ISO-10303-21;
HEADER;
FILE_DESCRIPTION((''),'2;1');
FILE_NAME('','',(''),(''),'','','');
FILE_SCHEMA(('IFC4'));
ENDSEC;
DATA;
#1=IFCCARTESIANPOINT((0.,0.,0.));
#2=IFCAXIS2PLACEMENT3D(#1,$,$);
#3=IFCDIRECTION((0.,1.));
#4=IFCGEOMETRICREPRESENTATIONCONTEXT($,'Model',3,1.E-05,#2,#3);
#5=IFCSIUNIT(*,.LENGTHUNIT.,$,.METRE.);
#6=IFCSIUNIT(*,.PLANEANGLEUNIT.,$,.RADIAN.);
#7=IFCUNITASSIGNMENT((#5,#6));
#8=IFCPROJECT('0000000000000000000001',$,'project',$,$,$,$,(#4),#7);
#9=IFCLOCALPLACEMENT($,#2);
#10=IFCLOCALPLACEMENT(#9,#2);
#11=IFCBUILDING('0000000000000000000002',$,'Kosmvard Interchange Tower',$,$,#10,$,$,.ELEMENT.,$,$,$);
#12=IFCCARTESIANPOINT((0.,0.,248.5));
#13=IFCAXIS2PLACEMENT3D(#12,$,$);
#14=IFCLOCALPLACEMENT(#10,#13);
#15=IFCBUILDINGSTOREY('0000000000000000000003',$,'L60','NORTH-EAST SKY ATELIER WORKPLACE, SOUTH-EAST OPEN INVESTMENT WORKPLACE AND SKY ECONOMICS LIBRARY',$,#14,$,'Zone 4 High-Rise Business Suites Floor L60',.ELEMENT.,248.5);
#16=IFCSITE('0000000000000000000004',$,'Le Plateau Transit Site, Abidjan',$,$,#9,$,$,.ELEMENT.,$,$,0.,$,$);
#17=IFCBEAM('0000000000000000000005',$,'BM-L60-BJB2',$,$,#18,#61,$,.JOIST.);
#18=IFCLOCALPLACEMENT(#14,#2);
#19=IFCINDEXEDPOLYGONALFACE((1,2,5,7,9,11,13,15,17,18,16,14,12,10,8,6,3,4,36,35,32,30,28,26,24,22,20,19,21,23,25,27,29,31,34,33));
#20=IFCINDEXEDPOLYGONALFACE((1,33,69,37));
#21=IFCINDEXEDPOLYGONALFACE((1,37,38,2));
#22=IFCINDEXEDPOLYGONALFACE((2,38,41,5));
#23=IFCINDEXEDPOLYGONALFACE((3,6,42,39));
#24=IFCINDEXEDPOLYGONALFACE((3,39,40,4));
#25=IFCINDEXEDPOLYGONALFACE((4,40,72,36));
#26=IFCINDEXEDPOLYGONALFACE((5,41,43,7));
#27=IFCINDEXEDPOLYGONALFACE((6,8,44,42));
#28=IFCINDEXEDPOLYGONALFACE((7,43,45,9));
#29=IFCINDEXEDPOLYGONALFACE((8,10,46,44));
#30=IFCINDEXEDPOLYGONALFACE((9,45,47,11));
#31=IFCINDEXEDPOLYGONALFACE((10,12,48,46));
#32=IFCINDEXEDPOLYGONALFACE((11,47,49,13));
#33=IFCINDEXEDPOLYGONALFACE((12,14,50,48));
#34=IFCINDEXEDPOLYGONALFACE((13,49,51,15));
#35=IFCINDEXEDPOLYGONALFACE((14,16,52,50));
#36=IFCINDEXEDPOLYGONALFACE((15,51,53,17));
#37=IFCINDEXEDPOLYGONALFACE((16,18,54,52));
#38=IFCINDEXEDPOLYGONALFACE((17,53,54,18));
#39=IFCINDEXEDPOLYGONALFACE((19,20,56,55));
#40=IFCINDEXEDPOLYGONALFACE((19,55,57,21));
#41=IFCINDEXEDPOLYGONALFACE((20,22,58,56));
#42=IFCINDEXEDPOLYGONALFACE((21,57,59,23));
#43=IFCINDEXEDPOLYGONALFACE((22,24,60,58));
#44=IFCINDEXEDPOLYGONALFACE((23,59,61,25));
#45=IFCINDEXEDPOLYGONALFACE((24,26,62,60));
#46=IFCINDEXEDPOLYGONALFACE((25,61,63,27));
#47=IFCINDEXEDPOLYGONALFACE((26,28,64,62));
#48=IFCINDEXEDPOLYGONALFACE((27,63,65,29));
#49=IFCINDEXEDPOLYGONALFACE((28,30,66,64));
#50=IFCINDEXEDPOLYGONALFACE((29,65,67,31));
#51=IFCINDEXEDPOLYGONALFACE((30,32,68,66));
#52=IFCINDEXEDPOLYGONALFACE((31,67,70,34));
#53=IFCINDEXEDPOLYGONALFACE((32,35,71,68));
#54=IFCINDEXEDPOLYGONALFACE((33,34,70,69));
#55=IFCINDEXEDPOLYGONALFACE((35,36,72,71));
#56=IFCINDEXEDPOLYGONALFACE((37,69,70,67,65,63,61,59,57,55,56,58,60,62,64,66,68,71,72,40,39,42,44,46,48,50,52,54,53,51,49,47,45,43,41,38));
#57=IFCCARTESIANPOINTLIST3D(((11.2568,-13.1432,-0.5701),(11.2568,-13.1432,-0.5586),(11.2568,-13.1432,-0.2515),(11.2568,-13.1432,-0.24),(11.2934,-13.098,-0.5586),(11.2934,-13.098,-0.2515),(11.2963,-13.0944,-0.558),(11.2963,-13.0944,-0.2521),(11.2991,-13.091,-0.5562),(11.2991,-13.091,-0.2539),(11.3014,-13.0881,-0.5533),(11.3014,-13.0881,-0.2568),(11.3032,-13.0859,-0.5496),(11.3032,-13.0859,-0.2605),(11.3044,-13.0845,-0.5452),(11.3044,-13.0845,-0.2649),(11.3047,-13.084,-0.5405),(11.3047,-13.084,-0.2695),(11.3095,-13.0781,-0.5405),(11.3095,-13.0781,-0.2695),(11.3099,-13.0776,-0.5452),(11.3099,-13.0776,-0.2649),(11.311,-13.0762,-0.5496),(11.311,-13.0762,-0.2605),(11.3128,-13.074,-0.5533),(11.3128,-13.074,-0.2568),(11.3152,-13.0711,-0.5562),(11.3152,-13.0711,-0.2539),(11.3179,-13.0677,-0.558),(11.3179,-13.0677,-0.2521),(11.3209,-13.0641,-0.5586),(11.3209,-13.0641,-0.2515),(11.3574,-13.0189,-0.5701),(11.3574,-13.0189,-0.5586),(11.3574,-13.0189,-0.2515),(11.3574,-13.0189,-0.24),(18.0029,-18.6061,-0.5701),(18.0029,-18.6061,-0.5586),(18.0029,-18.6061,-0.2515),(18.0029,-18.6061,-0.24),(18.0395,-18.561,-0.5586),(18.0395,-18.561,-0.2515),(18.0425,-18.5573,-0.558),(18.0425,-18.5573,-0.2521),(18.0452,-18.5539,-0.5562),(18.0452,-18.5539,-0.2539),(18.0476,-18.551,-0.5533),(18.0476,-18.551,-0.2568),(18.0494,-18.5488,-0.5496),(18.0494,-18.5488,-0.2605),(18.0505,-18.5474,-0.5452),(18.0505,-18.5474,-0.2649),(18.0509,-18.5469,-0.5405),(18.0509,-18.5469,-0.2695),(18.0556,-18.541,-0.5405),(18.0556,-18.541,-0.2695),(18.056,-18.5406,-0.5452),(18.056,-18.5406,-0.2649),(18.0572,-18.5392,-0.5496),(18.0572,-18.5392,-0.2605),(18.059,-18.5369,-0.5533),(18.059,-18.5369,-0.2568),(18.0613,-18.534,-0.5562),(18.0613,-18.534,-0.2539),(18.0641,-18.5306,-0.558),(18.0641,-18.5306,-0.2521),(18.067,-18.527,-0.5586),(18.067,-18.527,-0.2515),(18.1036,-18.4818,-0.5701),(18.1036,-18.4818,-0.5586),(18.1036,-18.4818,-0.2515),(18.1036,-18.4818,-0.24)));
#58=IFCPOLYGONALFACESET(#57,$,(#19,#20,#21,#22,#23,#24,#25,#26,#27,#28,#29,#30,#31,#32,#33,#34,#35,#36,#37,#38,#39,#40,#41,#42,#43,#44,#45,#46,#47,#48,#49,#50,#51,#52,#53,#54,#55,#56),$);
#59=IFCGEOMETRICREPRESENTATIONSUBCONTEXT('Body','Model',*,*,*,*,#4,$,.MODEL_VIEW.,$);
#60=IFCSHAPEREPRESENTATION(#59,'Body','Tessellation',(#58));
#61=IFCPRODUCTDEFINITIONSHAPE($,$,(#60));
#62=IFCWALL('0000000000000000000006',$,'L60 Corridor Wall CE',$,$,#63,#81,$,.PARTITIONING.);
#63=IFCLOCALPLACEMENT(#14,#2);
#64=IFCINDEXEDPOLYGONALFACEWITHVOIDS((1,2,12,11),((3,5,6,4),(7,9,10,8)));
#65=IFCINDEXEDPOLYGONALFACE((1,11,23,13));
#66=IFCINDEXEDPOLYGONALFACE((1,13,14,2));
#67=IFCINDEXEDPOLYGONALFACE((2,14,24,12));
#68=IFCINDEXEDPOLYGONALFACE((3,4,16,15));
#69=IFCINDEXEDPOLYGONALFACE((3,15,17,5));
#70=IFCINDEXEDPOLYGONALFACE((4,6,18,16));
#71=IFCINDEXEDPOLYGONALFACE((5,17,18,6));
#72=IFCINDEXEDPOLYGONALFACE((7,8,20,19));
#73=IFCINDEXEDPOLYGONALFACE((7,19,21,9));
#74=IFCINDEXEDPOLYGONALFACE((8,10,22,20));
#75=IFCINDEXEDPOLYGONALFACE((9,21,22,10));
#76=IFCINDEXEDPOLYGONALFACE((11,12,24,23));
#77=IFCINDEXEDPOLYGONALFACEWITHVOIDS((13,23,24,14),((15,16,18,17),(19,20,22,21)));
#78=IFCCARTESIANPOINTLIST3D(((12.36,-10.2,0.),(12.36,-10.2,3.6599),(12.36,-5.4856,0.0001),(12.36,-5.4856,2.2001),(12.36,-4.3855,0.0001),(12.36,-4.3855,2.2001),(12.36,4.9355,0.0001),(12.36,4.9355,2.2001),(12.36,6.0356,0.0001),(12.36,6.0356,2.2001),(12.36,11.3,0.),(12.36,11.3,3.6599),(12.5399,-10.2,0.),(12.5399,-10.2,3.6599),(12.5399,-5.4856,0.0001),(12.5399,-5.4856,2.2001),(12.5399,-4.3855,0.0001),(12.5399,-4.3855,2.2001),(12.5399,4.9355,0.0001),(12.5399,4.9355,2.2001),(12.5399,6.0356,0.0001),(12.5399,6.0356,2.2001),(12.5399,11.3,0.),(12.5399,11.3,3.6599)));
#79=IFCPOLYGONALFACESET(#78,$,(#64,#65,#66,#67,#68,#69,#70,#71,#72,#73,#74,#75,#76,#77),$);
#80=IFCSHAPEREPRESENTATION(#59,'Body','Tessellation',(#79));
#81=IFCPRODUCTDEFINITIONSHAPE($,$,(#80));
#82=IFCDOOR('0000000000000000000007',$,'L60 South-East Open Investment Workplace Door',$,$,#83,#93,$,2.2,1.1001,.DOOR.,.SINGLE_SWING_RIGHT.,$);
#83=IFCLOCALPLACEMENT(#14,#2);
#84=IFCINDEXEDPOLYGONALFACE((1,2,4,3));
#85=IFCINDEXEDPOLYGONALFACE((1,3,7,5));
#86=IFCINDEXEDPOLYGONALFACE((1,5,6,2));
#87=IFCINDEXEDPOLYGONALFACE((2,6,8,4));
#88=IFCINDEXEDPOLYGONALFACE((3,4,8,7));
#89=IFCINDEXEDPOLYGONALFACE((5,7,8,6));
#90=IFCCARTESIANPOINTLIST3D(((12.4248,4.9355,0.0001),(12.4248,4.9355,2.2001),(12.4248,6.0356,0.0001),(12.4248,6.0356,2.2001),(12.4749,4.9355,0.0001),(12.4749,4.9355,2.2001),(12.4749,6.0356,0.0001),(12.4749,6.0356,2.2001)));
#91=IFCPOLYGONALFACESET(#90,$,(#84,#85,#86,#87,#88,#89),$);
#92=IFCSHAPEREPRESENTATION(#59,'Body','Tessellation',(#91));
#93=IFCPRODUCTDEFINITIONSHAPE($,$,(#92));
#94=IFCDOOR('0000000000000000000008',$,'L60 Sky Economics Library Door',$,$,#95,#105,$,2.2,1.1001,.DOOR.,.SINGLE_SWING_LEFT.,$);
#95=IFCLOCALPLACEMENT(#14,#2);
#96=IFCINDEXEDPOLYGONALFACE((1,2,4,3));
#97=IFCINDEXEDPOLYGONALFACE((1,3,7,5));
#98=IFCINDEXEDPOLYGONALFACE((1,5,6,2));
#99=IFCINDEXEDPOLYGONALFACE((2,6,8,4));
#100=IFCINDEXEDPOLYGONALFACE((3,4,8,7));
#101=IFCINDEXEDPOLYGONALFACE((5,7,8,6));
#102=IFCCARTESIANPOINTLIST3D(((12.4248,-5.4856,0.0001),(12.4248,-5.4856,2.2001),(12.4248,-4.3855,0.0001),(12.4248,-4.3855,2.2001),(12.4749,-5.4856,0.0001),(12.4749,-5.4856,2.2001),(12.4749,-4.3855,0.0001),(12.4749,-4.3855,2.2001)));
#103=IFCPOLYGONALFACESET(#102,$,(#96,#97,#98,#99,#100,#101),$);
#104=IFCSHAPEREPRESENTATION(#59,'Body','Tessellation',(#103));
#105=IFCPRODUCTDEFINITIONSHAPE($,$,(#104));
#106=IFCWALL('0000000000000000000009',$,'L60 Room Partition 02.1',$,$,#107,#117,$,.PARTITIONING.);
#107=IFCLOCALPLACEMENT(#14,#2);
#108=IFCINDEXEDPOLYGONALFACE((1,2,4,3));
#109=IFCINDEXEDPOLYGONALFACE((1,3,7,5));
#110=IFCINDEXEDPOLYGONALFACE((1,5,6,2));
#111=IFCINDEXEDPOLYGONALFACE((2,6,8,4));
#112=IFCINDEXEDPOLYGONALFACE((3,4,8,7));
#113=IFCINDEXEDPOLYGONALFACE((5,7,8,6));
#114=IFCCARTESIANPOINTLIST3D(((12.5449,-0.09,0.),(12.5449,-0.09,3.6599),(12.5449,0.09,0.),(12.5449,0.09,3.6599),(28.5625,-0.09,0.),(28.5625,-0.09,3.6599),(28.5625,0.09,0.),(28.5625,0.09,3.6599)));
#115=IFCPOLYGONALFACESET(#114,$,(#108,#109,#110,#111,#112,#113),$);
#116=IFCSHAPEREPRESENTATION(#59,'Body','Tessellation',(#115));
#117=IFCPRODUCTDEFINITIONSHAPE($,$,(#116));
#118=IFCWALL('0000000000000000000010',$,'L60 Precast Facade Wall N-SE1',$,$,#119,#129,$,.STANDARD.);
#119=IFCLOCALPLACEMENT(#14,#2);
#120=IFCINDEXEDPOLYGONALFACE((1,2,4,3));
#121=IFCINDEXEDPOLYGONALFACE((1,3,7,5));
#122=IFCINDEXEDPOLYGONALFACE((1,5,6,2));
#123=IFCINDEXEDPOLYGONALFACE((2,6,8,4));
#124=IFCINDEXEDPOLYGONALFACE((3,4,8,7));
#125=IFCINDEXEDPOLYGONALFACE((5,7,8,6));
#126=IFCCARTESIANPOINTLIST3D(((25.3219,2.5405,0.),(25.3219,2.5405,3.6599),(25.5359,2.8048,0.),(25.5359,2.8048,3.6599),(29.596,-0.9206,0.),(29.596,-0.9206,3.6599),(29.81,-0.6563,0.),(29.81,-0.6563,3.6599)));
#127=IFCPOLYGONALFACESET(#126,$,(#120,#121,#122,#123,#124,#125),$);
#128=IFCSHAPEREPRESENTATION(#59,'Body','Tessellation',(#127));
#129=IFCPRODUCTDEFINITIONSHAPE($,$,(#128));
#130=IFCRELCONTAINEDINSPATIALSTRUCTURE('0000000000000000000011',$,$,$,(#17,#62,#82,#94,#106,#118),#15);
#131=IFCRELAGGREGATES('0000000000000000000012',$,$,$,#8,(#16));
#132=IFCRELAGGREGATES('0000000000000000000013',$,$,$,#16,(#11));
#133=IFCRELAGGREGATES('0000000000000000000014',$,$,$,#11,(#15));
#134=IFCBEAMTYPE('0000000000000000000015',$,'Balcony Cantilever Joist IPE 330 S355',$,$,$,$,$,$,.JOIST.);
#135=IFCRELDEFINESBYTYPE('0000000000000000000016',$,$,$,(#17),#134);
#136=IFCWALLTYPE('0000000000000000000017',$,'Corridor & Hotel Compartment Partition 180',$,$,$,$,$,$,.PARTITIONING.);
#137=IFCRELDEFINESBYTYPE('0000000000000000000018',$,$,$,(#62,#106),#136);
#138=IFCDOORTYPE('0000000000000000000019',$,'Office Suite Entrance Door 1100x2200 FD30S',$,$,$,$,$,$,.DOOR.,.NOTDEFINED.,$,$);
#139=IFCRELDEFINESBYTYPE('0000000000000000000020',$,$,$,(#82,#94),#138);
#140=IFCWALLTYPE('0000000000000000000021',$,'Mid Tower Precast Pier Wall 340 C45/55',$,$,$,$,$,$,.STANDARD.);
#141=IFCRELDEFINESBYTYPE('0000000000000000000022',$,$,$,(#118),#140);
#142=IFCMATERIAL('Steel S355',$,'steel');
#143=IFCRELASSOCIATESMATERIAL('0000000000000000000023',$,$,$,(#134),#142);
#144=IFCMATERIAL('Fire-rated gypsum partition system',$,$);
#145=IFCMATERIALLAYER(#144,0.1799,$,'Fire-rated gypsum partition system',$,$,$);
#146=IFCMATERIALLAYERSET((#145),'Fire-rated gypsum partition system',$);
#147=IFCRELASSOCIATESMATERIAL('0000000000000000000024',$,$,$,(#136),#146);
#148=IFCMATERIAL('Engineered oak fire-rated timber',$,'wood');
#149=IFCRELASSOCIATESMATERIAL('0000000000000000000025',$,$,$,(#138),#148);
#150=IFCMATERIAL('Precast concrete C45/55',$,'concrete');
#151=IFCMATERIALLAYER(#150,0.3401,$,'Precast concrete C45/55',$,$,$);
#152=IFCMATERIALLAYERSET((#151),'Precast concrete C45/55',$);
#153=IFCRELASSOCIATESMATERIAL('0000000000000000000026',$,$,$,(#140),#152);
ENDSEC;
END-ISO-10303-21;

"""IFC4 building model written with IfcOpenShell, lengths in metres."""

from ifc_helpers import new_model, si_unit, direction, frame, frame_2d, origin, origin_2d, place, context, subcontext, project, spatial, rectangle, i_section, extrude, source, transform, mapped, material, layer, layer_set, material_profile, profile_set, type_object, element, fill, save


model = new_model("IFC4")

# Units and contexts
model_context = context("Model", 3, precision=1e-05, world=origin(), true_north=direction((0.0, 1.0)))
body_context = subcontext(model_context, "Body", "Model", "MODEL_VIEW")
ifc_project = project(units=[si_unit("LENGTHUNIT", "METRE"), si_unit("PLANEANGLEUNIT", "RADIAN")], contexts=[model_context])

# Site, building, storey
site_placement = place(None, origin())
site = spatial("IfcSite", under=ifc_project, at=site_placement, Name="Le Plateau Transit Site, Abidjan", CompositionType="ELEMENT", RefElevation=0.0)
building_placement = place(site_placement, origin())
building = spatial("IfcBuilding", under=site, at=building_placement, Name="Kosmvard Interchange Tower", CompositionType="ELEMENT")
storey_placement = place(building_placement, frame((0.0, 0.0, 248.5)))
storey = spatial("IfcBuildingStorey", under=building, at=storey_placement, Name="L60", Description="NORTH-EAST SKY ATELIER WORKPLACE, SOUTH-EAST OPEN INVESTMENT WORKPLACE AND SKY ECONOMICS LIBRARY", LongName="Zone 4 High-Rise Business Suites Floor L60", CompositionType="ELEMENT", Elevation=248.5)

# Beam
ifc_material_1 = material(Name="Steel S355", Category="steel")
ifc_material_2 = material(Name="Precast concrete C45/55", Category="concrete")
ifc_material_profile_1 = material_profile(ifc_material_1, i_section(OverallWidth=0.1599, OverallDepth=0.3301, WebThickness=0.0076, FlangeThickness=0.0115, FilletRadius=0.0181, at=origin_2d()), Name="IPE 330")
ifc_profile_set_1 = profile_set([ifc_material_profile_1], Name="Steel S355")
beam_type_1 = type_object("IfcBeamType", Name="Balcony Cantilever Joist IPE 330 S355", PredefinedType="JOIST", material=ifc_profile_set_1)
shared_shape_1 = source(origin(), body_context, "Body", "SweptSolid", [
    extrude(i_section(OverallWidth=0.1599, OverallDepth=0.3301, WebThickness=0.0076, FlangeThickness=0.0115, FilletRadius=0.0181, at=origin_2d()), origin(), (0.0, 0.0, 1.0), 8.6807),
])
beam_1_placement = place(storey_placement, frame((11.3071, -13.0811, -0.405), z_axis=(0.777145, -0.629321, 0.0), x_axis=(0.629321, 0.777145, 0.0)))
element("IfcBeam", 1, at=beam_1_placement, inside=storey, type_object=beam_type_1, Name="BM-L60-BJB2", PredefinedType="JOIST", context=body_context, shape_type="MappedRepresentation", body=[
    mapped(shared_shape_1, transform((0.0, 0.0, 0.0), scale=1.0)),
])

# Wall, openings, doors
ifc_material_3 = material(Name="Fire-rated gypsum partition system")
ifc_layer_1 = layer(ifc_material_3, 0.1799, Name="Fire-rated gypsum partition system")
ifc_layer_set_1 = layer_set([ifc_layer_1], Name="Fire-rated gypsum partition system")
wall_type_1 = type_object("IfcWallType", Name="Corridor & Hotel Compartment Partition 180", PredefinedType="PARTITIONING", material=ifc_layer_set_1)
wall_1_placement = place(storey_placement, frame((12.45, -10.2, 0.0), z_axis=(0.0, 0.0, 1.0), x_axis=(0.0, 1.0, 0.0)))
wall_1 = element("IfcWall", 2, at=wall_1_placement, inside=storey, type_object=wall_type_1, Name="L60 Corridor Wall CE", PredefinedType="PARTITIONING", context=body_context, shape_type="SweptSolid", body=[
    extrude(rectangle(XDim=21.5, YDim=0.1799, at=frame_2d((10.75, 0.0))), origin(), (0.0, 0.0, 1.0), 3.6599),
])
opening_1_placement = place(wall_1_placement, frame((15.1355, 0.0, 0.0)))
opening_1 = element("IfcOpeningElement", 3, at=opening_1_placement, cuts=wall_1, PredefinedType="OPENING", context=body_context, shape_type="SweptSolid", body=[
    extrude(rectangle(XDim=1.1001, YDim=2.2, at=frame_2d((0.55, 1.1001))), frame((0.0, 0.1001, 0.0), z_axis=(0.0, -1.0, 0.0), x_axis=(1.0, 0.0, 0.0)), (0.0, 0.0, 1.0), 0.2),
])
opening_2_placement = place(wall_1_placement, frame((4.7144, 0.0, 0.0)))
opening_2 = element("IfcOpeningElement", 4, at=opening_2_placement, cuts=wall_1, PredefinedType="OPENING", context=body_context, shape_type="SweptSolid", body=[
    extrude(rectangle(XDim=1.1001, YDim=2.2, at=frame_2d((0.55, 1.1001))), frame((0.0, 0.1001, 0.0), z_axis=(0.0, -1.0, 0.0), x_axis=(1.0, 0.0, 0.0)), (0.0, 0.0, 1.0), 0.2),
])
ifc_material_4 = material(Name="Engineered oak fire-rated timber", Category="wood")
door_type = type_object("IfcDoorType", Name="Office Suite Entrance Door 1100x2200 FD30S", OperationType="NOTDEFINED", PredefinedType="DOOR", material=ifc_material_4)
shared_shape_2 = source(origin(), body_context, "Body", "SweptSolid", [
    extrude(rectangle(XDim=1.1001, YDim=2.2, at=frame_2d((0.55, 1.1001))), frame((0.0, 0.0249, 0.0), z_axis=(0.0, -1.0, 0.0), x_axis=(1.0, 0.0, 0.0)), (0.0, 0.0, 1.0), 0.05),
])
door_1_placement = place(opening_1_placement, frame((1.1001, 0.0, 0.0), z_axis=(0.0, 0.0, 1.0), x_axis=(-1.0, 0.0, 0.0)))
door_1 = element("IfcDoor", 5, at=door_1_placement, inside=storey, type_object=door_type, Name="L60 South-East Open Investment Workplace Door", OperationType="SINGLE_SWING_RIGHT", OverallHeight=2.2, OverallWidth=1.1001, PredefinedType="DOOR", context=body_context, shape_type="MappedRepresentation", body=[
    mapped(shared_shape_2, transform((0.0, 0.0, 0.0), scale=1.0)),
])
fill(opening_1, door_1)
door_2_placement = place(opening_2_placement, frame((1.1001, 0.0, 0.0), z_axis=(0.0, 0.0, 1.0), x_axis=(-1.0, 0.0, 0.0)))
door_2 = element("IfcDoor", 6, at=door_2_placement, inside=storey, type_object=door_type, Name="L60 Sky Economics Library Door", OperationType="SINGLE_SWING_LEFT", OverallHeight=2.2, OverallWidth=1.1001, PredefinedType="DOOR", context=body_context, shape_type="MappedRepresentation", body=[
    mapped(shared_shape_2, transform((0.0, 0.0, 0.0), scale=1.0)),
])
fill(opening_2, door_2)

# Walls
wall_2_placement = place(storey_placement, frame((12.5449, 0.0, 0.0), z_axis=(0.0, 0.0, 1.0), x_axis=(1.0, 0.0, 0.0)))
element("IfcWall", 7, at=wall_2_placement, inside=storey, type_object=wall_type_1, Name="L60 Room Partition 02.1", PredefinedType="PARTITIONING", context=body_context, shape_type="SweptSolid", body=[
    extrude(rectangle(XDim=16.0176, YDim=0.1799, at=frame_2d((8.0088, 0.0))), origin(), (0.0, 0.0, 1.0), 3.6599),
])
ifc_layer_2 = layer(ifc_material_2, 0.3401, Name="Precast concrete C45/55")
ifc_layer_set_2 = layer_set([ifc_layer_2], Name="Precast concrete C45/55")
wall_type_2 = type_object("IfcWallType", Name="Mid Tower Precast Pier Wall 340 C45/55", PredefinedType="STANDARD", material=ifc_layer_set_2)
wall_3_placement = place(storey_placement, frame((29.7031, -0.7886, 0.0), z_axis=(0.0, 0.0, 1.0), x_axis=(-0.777144, 0.629323, 0.0)))
element("IfcWall", 8, at=wall_3_placement, inside=storey, type_object=wall_type_2, Name="L60 Precast Facade Wall N-SE1", PredefinedType="STANDARD", context=body_context, shape_type="SweptSolid", body=[
    extrude(rectangle(XDim=5.4998, YDim=0.3401, at=frame_2d((2.75, 0.0))), origin(), (0.0, 0.0, 1.0), 3.6599),
])

save(model, "model.ifc")
